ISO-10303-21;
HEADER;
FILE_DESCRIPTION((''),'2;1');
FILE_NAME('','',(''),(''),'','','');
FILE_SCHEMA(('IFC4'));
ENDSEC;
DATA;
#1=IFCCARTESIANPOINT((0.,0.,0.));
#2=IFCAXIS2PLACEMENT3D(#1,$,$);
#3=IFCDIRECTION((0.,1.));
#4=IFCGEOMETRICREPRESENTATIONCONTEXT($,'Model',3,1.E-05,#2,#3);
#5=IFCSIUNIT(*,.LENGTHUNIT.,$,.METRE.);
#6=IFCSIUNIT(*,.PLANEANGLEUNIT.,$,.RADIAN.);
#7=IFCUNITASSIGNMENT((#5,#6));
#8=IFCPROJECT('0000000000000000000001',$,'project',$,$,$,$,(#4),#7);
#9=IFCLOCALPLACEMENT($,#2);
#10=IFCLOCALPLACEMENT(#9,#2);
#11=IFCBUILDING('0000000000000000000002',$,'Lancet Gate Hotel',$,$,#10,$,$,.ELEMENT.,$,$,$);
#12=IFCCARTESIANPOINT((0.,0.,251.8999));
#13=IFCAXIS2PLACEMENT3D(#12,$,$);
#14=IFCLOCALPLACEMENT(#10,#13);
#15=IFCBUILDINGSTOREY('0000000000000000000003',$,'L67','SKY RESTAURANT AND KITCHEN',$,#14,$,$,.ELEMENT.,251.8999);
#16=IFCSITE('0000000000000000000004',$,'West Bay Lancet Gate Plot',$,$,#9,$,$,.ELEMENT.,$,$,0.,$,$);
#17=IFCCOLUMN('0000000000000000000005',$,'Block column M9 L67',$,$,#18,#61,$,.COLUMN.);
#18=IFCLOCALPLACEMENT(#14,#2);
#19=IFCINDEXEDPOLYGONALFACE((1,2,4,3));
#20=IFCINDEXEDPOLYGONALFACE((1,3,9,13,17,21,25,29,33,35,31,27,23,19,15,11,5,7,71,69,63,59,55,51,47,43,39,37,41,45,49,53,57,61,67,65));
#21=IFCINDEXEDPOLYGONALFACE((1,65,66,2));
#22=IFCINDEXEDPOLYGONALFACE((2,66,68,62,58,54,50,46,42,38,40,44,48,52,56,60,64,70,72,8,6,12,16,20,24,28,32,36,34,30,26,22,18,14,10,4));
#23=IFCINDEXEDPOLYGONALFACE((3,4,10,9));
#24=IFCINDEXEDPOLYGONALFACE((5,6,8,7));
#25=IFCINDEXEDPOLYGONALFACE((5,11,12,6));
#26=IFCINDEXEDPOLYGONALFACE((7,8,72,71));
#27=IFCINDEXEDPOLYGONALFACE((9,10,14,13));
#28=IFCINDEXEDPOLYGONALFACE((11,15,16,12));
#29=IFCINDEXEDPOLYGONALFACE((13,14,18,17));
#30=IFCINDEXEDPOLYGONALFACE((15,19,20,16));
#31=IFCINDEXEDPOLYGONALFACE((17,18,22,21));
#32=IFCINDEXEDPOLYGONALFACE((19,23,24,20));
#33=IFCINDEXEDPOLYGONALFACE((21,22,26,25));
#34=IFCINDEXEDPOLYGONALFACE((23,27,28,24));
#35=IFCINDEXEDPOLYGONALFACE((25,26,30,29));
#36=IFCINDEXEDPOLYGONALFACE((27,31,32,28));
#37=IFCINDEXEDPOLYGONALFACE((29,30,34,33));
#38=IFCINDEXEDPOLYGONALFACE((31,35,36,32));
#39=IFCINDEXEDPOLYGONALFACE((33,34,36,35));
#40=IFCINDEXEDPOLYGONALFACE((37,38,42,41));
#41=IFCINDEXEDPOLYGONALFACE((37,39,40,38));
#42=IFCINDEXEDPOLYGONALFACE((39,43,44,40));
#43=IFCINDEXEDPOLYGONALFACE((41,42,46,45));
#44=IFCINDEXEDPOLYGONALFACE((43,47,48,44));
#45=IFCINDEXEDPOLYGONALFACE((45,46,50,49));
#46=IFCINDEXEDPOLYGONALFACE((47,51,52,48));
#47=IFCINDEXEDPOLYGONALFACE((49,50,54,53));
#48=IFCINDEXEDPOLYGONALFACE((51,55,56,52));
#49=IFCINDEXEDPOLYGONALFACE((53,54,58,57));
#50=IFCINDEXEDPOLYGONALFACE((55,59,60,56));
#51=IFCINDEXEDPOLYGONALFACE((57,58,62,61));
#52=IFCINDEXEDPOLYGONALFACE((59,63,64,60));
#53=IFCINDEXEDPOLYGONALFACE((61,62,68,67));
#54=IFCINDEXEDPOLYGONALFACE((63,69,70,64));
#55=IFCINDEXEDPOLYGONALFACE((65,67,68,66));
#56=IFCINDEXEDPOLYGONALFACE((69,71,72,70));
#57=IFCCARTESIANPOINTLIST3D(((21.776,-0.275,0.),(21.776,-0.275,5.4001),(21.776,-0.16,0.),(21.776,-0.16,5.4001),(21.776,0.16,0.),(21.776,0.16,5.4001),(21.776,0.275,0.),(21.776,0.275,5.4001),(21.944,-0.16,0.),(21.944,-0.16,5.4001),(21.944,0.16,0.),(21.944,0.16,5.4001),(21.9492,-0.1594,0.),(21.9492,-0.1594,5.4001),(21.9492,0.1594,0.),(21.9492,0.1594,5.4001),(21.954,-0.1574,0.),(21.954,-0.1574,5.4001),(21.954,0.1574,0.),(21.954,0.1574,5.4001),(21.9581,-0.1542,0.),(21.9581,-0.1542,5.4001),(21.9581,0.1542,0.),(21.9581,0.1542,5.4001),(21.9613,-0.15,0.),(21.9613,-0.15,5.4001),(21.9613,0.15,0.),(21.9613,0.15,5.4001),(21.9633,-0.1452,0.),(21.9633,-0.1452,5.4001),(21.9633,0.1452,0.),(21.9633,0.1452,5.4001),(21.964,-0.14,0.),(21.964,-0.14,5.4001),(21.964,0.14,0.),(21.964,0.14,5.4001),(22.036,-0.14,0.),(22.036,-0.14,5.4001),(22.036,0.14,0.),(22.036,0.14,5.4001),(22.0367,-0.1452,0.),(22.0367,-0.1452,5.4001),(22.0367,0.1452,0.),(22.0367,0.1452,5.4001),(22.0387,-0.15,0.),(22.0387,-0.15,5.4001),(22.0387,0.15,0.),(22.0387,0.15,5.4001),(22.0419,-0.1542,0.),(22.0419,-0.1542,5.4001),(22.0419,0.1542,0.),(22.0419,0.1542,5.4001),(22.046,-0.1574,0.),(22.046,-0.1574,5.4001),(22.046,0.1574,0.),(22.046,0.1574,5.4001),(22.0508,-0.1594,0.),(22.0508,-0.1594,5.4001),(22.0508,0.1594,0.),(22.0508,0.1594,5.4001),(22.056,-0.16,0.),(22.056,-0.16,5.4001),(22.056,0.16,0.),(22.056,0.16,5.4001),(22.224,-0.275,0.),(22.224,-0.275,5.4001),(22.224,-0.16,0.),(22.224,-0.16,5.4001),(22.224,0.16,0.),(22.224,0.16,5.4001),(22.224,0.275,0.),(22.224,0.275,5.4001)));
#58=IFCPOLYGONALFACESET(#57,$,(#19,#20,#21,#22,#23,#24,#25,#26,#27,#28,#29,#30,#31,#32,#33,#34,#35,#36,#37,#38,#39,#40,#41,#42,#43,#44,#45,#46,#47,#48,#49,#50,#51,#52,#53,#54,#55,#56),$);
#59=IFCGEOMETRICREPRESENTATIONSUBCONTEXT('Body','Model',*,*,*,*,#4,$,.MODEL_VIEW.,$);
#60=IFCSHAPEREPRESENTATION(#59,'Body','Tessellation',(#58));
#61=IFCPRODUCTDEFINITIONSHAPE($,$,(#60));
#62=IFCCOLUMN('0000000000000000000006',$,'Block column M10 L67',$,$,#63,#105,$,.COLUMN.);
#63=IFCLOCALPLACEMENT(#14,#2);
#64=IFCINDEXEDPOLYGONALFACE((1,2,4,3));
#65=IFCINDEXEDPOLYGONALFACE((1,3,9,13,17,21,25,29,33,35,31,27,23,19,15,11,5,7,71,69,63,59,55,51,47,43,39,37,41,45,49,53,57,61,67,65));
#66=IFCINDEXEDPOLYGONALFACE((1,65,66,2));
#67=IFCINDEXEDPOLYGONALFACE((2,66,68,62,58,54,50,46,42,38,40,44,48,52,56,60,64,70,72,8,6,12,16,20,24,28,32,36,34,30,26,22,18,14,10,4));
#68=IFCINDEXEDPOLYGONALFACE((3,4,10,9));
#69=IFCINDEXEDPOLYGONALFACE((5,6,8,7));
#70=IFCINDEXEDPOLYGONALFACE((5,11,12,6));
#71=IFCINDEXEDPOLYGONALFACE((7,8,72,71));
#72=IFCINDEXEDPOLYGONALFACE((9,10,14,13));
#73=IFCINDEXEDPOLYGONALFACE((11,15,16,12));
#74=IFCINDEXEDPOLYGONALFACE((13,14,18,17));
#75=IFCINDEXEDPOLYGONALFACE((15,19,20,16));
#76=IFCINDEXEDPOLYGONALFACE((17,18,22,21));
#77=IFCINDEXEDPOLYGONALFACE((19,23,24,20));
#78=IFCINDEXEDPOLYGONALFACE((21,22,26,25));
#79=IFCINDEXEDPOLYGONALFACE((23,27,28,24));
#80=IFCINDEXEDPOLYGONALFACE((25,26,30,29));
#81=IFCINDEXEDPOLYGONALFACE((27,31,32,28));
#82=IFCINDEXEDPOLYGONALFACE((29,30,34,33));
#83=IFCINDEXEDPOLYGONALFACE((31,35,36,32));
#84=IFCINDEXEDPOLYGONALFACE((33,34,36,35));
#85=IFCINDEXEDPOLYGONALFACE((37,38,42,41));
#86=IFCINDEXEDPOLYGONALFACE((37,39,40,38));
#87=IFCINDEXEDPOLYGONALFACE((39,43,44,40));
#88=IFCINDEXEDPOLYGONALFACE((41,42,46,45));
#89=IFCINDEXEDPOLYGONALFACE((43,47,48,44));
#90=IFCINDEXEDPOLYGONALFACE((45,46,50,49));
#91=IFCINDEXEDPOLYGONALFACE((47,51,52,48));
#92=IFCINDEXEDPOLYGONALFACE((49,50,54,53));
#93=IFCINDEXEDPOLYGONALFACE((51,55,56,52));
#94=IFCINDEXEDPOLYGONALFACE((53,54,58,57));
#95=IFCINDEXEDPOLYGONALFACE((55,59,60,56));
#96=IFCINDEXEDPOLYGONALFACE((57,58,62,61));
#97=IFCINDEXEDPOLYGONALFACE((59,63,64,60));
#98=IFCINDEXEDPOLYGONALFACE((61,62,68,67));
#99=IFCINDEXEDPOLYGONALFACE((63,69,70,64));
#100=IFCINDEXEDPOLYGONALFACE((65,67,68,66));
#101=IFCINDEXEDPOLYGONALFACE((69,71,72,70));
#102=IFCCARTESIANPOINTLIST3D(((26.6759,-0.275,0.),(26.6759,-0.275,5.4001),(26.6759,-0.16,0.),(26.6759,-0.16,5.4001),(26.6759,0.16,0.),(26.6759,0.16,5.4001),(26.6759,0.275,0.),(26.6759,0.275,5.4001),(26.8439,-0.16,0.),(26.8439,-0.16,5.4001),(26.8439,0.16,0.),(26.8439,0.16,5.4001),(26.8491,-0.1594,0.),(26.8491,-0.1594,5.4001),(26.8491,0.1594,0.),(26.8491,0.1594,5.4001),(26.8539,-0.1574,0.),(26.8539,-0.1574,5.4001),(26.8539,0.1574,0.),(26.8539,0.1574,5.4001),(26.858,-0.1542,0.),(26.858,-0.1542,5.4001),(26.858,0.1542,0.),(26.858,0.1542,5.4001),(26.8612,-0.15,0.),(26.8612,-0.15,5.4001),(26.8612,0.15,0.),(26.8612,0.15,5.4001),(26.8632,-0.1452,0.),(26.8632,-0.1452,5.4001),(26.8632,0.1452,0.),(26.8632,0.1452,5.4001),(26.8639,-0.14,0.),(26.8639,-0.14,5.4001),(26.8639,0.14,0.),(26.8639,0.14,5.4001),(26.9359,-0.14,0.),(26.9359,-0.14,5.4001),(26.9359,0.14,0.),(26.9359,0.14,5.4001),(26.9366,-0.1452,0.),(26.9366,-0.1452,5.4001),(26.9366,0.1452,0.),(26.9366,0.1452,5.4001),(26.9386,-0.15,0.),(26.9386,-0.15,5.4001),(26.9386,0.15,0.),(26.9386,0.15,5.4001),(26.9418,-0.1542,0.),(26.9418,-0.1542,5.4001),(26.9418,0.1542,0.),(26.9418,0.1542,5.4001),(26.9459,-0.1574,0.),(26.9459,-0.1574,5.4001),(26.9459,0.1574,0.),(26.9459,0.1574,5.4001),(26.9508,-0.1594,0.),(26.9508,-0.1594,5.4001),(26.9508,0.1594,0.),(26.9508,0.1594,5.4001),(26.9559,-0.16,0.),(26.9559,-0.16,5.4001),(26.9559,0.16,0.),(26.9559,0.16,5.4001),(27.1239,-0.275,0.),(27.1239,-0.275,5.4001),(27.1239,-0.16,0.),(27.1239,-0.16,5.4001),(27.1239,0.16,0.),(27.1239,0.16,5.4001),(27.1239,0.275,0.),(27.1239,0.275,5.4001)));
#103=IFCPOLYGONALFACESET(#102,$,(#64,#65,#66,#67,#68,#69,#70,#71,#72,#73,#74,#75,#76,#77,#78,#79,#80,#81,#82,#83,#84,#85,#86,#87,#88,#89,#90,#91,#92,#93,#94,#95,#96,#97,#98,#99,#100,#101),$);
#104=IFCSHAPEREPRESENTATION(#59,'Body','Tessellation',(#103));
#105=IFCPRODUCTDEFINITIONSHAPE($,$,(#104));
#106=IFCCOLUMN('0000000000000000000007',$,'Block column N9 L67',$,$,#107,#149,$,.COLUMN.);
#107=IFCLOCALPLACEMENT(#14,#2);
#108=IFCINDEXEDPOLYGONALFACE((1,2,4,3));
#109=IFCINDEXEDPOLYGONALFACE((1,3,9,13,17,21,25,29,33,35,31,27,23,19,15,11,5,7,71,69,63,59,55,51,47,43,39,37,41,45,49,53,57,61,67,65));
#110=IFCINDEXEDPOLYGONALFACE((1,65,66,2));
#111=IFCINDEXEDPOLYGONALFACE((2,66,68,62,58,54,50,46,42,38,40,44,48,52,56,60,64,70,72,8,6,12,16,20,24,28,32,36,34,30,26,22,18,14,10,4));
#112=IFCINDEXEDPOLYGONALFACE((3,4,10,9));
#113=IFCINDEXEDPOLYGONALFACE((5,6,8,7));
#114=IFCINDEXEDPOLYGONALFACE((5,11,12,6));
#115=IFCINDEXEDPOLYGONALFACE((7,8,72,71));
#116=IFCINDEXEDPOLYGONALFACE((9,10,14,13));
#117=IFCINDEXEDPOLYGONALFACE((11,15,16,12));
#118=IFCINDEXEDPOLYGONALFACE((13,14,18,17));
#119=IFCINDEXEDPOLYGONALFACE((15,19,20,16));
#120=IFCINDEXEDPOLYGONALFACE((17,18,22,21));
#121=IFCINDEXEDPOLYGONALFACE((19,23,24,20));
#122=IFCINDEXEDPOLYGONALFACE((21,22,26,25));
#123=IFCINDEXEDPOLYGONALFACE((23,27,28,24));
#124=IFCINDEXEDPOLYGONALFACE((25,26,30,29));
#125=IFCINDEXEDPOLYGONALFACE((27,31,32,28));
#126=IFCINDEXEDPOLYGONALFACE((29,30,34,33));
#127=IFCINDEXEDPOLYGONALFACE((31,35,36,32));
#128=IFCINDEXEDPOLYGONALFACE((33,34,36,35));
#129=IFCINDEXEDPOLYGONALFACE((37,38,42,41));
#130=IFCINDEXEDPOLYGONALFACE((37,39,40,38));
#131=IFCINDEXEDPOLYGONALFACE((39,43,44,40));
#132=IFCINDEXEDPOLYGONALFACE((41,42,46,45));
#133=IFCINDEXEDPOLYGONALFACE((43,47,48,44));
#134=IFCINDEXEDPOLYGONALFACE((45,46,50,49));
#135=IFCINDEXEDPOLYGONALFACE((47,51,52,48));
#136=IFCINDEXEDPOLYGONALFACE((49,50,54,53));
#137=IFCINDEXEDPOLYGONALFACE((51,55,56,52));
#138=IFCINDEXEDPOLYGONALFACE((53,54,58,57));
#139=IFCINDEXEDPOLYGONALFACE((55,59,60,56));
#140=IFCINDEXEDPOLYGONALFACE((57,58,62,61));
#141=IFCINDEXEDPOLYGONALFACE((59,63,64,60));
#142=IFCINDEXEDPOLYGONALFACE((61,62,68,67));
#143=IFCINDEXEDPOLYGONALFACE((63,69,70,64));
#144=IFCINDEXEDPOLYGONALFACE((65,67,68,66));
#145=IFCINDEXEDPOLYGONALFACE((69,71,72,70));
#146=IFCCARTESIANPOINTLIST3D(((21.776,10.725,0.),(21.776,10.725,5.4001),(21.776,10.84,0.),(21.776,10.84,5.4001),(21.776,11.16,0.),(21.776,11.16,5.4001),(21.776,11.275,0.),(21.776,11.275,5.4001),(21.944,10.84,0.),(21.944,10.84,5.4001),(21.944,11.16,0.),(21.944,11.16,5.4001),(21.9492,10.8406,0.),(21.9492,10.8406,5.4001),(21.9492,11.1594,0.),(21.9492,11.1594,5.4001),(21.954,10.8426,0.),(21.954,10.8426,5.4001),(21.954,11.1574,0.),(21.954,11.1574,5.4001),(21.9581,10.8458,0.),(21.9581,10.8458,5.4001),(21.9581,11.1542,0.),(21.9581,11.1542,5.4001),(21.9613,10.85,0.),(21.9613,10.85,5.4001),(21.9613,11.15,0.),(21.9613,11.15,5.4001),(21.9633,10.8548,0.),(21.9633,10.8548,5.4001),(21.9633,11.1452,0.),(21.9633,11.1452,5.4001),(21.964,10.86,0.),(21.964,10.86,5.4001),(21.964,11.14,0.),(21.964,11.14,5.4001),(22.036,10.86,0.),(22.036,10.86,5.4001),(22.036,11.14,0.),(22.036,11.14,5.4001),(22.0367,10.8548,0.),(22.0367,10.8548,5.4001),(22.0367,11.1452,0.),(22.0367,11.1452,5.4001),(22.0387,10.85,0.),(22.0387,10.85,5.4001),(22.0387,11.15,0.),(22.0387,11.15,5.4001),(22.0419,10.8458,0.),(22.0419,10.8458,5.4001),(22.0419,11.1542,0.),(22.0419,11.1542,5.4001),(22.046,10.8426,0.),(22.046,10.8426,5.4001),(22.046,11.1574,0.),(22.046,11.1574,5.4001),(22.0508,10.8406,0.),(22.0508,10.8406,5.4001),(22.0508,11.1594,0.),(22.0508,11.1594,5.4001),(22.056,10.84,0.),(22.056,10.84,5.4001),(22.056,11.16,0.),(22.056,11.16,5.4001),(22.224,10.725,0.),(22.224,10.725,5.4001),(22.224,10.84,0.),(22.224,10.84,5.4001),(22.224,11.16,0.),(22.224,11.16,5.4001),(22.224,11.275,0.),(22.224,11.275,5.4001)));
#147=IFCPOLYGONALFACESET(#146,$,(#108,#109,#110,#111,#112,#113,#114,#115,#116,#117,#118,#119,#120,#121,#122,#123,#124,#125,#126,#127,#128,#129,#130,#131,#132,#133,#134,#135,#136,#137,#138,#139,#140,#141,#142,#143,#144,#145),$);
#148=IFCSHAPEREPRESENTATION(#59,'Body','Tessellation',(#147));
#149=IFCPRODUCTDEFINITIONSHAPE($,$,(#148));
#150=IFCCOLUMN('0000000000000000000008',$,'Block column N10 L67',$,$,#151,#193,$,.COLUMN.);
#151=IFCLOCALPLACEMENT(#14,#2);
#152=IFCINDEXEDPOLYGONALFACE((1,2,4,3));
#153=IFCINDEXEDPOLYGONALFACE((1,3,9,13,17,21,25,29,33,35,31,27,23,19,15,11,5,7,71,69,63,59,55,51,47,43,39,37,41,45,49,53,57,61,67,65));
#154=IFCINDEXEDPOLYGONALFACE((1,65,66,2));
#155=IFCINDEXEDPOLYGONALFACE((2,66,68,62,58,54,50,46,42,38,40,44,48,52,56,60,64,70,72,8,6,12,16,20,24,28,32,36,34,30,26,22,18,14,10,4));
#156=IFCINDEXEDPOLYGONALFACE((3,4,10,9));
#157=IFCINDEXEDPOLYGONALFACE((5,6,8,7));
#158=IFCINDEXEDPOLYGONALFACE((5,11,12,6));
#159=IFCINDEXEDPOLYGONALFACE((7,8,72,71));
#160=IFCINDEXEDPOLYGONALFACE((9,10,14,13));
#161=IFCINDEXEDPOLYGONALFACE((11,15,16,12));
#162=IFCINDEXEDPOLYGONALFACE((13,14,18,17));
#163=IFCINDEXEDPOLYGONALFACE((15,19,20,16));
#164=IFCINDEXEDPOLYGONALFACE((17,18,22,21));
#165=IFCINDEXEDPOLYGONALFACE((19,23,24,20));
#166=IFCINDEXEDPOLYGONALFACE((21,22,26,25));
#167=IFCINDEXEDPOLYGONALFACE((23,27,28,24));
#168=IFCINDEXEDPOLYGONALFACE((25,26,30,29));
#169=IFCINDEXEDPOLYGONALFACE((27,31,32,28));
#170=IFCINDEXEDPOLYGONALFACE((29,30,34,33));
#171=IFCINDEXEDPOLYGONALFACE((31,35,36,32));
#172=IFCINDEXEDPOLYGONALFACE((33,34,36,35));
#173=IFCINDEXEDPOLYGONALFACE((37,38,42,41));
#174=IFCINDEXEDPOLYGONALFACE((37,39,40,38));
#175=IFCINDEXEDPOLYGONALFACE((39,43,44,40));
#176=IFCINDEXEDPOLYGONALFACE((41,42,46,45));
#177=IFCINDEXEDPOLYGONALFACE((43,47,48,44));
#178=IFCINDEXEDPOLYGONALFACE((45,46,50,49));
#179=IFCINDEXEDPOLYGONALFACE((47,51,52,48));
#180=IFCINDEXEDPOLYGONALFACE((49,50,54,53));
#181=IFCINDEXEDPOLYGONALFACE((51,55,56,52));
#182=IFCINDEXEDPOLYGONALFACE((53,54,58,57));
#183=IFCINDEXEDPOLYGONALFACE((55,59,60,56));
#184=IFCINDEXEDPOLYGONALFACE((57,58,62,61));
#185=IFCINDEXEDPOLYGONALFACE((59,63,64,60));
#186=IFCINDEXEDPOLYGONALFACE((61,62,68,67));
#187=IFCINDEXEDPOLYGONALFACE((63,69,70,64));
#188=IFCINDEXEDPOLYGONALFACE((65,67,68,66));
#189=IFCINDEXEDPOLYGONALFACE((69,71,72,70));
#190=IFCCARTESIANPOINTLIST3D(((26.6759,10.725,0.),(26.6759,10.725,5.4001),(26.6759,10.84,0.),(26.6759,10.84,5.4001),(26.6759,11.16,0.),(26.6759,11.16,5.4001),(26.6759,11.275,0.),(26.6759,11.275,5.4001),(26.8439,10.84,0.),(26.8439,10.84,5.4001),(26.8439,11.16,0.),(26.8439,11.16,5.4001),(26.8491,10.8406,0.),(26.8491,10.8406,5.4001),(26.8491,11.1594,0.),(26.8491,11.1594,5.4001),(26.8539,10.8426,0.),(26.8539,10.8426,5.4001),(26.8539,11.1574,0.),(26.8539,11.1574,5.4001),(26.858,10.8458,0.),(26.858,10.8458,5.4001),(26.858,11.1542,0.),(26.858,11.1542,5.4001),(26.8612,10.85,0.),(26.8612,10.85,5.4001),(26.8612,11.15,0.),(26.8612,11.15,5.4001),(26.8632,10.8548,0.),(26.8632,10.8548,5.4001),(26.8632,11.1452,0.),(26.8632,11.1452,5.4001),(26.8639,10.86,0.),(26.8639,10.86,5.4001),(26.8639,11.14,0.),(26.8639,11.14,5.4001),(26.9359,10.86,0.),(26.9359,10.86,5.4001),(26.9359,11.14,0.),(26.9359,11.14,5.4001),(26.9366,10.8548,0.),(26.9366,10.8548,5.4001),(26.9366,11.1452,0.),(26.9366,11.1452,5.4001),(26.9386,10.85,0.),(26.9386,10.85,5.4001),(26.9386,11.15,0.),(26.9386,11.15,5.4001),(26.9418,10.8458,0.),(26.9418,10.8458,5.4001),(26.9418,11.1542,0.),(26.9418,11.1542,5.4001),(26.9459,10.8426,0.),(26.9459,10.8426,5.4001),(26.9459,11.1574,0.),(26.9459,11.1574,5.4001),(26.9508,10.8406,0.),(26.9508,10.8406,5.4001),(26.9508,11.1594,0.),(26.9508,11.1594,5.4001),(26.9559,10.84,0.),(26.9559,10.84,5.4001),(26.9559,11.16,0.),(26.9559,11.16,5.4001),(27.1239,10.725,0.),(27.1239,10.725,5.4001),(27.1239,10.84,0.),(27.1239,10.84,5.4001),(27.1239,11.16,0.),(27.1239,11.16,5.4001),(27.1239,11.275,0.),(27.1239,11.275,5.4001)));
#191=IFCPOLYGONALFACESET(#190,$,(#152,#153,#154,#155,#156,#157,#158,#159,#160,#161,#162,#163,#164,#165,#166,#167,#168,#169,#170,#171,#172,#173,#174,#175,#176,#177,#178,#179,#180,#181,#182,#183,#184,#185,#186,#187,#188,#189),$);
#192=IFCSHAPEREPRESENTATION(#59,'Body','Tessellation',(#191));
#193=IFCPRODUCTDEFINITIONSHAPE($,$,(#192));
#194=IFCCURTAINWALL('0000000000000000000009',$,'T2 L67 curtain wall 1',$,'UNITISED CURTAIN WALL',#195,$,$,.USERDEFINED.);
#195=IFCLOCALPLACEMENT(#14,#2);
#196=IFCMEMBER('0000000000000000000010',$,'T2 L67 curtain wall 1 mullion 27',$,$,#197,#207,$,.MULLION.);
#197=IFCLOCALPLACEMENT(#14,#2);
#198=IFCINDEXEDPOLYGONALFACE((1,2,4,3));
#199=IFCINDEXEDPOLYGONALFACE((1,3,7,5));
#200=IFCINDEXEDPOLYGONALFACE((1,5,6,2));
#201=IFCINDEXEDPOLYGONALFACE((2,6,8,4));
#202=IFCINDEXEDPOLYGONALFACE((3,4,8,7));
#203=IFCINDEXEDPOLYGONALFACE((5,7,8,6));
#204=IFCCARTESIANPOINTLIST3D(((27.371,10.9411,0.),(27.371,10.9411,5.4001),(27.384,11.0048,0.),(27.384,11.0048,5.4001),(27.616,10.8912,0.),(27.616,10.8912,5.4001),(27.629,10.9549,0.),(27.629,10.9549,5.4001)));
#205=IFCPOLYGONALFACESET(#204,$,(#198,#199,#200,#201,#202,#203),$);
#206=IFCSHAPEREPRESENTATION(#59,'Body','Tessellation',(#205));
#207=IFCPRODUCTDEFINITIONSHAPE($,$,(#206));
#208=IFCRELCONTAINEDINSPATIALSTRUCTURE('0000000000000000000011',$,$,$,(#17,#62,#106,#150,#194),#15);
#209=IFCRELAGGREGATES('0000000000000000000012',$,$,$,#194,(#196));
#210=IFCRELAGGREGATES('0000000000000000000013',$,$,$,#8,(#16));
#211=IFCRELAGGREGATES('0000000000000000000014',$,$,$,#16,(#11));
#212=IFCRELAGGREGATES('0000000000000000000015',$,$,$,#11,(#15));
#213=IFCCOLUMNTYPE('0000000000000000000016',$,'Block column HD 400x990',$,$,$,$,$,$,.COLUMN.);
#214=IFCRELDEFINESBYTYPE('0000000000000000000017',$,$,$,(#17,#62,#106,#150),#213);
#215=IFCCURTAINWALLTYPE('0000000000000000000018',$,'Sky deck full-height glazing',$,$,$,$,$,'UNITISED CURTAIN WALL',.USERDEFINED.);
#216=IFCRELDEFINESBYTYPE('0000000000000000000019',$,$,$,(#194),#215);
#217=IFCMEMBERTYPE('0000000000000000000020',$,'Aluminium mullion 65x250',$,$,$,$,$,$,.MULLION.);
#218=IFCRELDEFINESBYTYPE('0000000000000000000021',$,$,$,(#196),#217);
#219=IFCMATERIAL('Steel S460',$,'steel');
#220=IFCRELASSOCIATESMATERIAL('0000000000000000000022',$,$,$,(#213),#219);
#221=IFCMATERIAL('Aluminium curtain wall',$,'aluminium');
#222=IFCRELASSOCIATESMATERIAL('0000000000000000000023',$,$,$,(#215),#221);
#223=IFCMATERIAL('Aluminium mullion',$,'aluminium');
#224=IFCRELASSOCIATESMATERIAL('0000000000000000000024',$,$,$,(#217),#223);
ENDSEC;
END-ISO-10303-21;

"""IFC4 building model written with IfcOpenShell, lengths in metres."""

from ifc_helpers import new_model, si_unit, direction, frame, origin, origin_2d, place, context, subcontext, project, spatial, rectangle, i_section, extrude, material, material_profile, profile_set, type_object, element, aggregate, save


model = new_model("IFC4")

# Units and contexts
model_context = context("Model", 3, precision=1e-05, world=origin(), true_north=direction((0.0, 1.0)))
body_context = subcontext(model_context, "Body", "Model", "MODEL_VIEW")
ifc_project = project(units=[si_unit("LENGTHUNIT", "METRE"), si_unit("PLANEANGLEUNIT", "RADIAN")], contexts=[model_context])

# Site, building, storey
site_placement = place(None, origin())
site = spatial("IfcSite", under=ifc_project, at=site_placement, Name="West Bay Lancet Gate Plot", CompositionType="ELEMENT", RefElevation=0.0)
building_placement = place(site_placement, origin())
building = spatial("IfcBuilding", under=site, at=building_placement, Name="Lancet Gate Hotel", CompositionType="ELEMENT")
storey_placement = place(building_placement, frame((0.0, 0.0, 251.8999)))
storey = spatial("IfcBuildingStorey", under=building, at=storey_placement, Name="L67", Description="SKY RESTAURANT AND KITCHEN", CompositionType="ELEMENT", Elevation=251.8999)

# Columns
ifc_material_1 = material(Name="Steel S460", Category="steel")
ifc_material_profile_1 = material_profile(ifc_material_1, i_section(OverallWidth=0.448, OverallDepth=0.55, WebThickness=0.072, FlangeThickness=0.115, FilletRadius=0.02, at=origin_2d()), Name="HD 400x990")
ifc_profile_set_1 = profile_set([ifc_material_profile_1], Name="Steel S460")
column_type = type_object("IfcColumnType", Name="Block column HD 400x990", PredefinedType="COLUMN", material=ifc_profile_set_1)
for number, where, z_axis, x_axis, name in (
    (1, (22.0, 0.0, 0.0), (0.0, 0.0, 1.0), (1.0, 0.0, 0.0), "Block column M9 L67"),
    (2, (26.8999, 0.0, 0.0), (0.0, 0.0, 1.0), (1.0, 0.0, 0.0), "Block column M10 L67"),
    (3, (22.0, 11.0, 0.0), (0.0, 0.0, 1.0), (1.0, 0.0, 0.0), "Block column N9 L67"),
    (4, (26.8999, 11.0, 0.0), (0.0, 0.0, 1.0), (1.0, 0.0, 0.0), "Block column N10 L67"),
):
    element("IfcColumn", number, at=place(storey_placement, frame(where, z_axis=z_axis, x_axis=x_axis)), inside=storey, type_object=column_type, Name=name, PredefinedType="COLUMN", context=body_context, shape_type="SweptSolid", body=[
        extrude(i_section(OverallWidth=0.448, OverallDepth=0.55, WebThickness=0.072, FlangeThickness=0.115, FilletRadius=0.02, at=origin_2d()), origin(), (0.0, 0.0, 1.0), 5.4001),
    ])

# Curtain wall, member
ifc_material_2 = material(Name="Aluminium curtain wall", Category="aluminium")
curtain_wall_type = type_object("IfcCurtainWallType", Name="Sky deck full-height glazing", ElementType="UNITISED CURTAIN WALL", PredefinedType="USERDEFINED", material=ifc_material_2)
curtain_wall_placement = place(storey_placement, origin())
curtain_wall = element("IfcCurtainWall", 5, at=curtain_wall_placement, inside=storey, type_object=curtain_wall_type, Name="T2 L67 curtain wall 1", ObjectType="UNITISED CURTAIN WALL", PredefinedType="USERDEFINED")
ifc_material_3 = material(Name="Aluminium mullion", Category="aluminium")
ifc_material_profile_2 = material_profile(ifc_material_3, rectangle(XDim=0.0649, YDim=0.25, at=origin_2d()), Name="MULLION 65x250")
ifc_profile_set_2 = profile_set([ifc_material_profile_2], Name="Aluminium mullion")
member_type_1 = type_object("IfcMemberType", Name="Aluminium mullion 65x250", PredefinedType="MULLION", material=ifc_profile_set_2)
member_1_placement = place(storey_placement, frame((27.5, 10.948, 0.0), z_axis=(0.0, 0.0, 1.0), x_axis=(-0.199533, -0.979891, 0.0)))
member_1 = element("IfcMember", 6, at=member_1_placement, type_object=member_type_1, Name="T2 L67 curtain wall 1 mullion 27", PredefinedType="MULLION", context=body_context, shape_type="SweptSolid", body=[
    extrude(rectangle(XDim=0.0649, YDim=0.25, at=origin_2d()), origin(), (0.0, 0.0, 1.0), 5.4001),
])
aggregate(curtain_wall, [member_1])

save(model, "model.ifc")
